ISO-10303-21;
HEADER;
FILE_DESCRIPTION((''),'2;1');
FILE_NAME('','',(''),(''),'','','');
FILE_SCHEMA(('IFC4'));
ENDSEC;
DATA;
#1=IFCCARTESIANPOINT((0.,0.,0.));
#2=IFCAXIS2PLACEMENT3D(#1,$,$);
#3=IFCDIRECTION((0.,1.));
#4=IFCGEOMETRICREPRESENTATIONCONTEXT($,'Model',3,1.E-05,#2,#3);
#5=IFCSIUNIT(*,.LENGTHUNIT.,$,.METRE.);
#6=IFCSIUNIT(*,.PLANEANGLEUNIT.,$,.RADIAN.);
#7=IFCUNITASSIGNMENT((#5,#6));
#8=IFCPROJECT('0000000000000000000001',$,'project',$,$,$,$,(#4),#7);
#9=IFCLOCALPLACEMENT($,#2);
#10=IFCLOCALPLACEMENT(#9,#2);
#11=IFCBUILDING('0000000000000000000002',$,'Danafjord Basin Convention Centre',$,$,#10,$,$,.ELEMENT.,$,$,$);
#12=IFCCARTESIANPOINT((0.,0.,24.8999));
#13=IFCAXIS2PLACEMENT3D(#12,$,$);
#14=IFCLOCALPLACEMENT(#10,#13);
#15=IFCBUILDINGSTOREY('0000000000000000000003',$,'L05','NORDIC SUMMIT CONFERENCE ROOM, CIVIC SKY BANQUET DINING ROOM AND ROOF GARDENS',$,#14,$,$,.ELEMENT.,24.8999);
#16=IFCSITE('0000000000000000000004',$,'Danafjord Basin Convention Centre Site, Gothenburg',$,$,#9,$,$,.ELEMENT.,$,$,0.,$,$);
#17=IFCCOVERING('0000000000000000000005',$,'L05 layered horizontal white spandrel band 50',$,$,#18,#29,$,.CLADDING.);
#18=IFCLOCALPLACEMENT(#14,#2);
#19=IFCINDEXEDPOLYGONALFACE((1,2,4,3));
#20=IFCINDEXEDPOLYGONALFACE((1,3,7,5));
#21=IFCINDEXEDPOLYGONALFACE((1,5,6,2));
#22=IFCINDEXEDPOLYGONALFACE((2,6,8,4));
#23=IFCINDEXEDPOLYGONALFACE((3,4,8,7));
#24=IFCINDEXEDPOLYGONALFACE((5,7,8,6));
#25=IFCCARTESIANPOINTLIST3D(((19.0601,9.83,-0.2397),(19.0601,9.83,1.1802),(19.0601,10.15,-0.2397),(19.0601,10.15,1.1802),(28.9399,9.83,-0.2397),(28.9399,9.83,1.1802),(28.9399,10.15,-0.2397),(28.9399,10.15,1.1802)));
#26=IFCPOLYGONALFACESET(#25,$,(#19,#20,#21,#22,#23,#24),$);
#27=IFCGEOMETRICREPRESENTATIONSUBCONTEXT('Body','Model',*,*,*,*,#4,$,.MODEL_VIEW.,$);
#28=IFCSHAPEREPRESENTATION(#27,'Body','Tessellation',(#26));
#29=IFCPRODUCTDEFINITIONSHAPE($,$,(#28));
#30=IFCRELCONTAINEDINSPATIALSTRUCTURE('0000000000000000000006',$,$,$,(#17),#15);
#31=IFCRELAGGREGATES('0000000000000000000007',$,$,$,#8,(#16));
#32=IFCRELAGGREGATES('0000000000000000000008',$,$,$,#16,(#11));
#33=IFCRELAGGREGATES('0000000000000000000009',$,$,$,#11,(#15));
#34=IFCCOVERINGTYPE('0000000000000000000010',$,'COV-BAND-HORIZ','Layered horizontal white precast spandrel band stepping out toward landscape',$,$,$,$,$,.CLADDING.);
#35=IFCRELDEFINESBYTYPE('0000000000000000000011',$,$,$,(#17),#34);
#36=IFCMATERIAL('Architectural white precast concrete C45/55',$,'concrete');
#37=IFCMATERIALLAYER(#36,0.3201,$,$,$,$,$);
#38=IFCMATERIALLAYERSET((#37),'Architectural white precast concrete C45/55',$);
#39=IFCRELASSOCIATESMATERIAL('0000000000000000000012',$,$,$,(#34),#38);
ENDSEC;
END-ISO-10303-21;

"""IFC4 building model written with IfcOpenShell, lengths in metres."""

from ifc_helpers import new_model, si_unit, direction, frame, origin, origin_2d, place, context, subcontext, project, spatial, rectangle, extrude, material, layer, layer_set, type_object, element, save


model = new_model("IFC4")

# Units and contexts
model_context = context("Model", 3, precision=1e-05, world=origin(), true_north=direction((0.0, 1.0)))
body_context = subcontext(model_context, "Body", "Model", "MODEL_VIEW")
ifc_project = project(units=[si_unit("LENGTHUNIT", "METRE"), si_unit("PLANEANGLEUNIT", "RADIAN")], contexts=[model_context])

# Site, building, storey
site_placement = place(None, origin())
site = spatial("IfcSite", under=ifc_project, at=site_placement, Name="Danafjord Basin Convention Centre Site, Gothenburg", CompositionType="ELEMENT", RefElevation=0.0)
building_placement = place(site_placement, origin())
building = spatial("IfcBuilding", under=site, at=building_placement, Name="Danafjord Basin Convention Centre", CompositionType="ELEMENT")
storey_placement = place(building_placement, frame((0.0, 0.0, 24.8999)))
storey = spatial("IfcBuildingStorey", under=building, at=storey_placement, Name="L05", Description="NORDIC SUMMIT CONFERENCE ROOM, CIVIC SKY BANQUET DINING ROOM AND ROOF GARDENS", CompositionType="ELEMENT", Elevation=24.8999)

# Covering
ifc_material_1 = material(Name="Architectural white precast concrete C45/55", Category="concrete")
ifc_layer_1 = layer(ifc_material_1, 0.3201)
ifc_layer_set_1 = layer_set([ifc_layer_1], Name="Architectural white precast concrete C45/55")
covering_type = type_object("IfcCoveringType", Name="COV-BAND-HORIZ", Description="Layered horizontal white precast spandrel band stepping out toward landscape", PredefinedType="CLADDING", material=ifc_layer_set_1)
covering_1_placement = place(storey_placement, frame((24.0, 9.99, -0.2397), z_axis=(0.0, 0.0, 1.0), x_axis=(1.0, 0.0, 0.0)))
element("IfcCovering", 1, at=covering_1_placement, inside=storey, type_object=covering_type, Name="L05 layered horizontal white spandrel band 50", PredefinedType="CLADDING", context=body_context, shape_type="SweptSolid", body=[
    extrude(rectangle(XDim=9.8799, YDim=0.3201, at=origin_2d()), origin(), (0.0, 0.0, 1.0), 1.4199),
])

save(model, "model.ifc")
